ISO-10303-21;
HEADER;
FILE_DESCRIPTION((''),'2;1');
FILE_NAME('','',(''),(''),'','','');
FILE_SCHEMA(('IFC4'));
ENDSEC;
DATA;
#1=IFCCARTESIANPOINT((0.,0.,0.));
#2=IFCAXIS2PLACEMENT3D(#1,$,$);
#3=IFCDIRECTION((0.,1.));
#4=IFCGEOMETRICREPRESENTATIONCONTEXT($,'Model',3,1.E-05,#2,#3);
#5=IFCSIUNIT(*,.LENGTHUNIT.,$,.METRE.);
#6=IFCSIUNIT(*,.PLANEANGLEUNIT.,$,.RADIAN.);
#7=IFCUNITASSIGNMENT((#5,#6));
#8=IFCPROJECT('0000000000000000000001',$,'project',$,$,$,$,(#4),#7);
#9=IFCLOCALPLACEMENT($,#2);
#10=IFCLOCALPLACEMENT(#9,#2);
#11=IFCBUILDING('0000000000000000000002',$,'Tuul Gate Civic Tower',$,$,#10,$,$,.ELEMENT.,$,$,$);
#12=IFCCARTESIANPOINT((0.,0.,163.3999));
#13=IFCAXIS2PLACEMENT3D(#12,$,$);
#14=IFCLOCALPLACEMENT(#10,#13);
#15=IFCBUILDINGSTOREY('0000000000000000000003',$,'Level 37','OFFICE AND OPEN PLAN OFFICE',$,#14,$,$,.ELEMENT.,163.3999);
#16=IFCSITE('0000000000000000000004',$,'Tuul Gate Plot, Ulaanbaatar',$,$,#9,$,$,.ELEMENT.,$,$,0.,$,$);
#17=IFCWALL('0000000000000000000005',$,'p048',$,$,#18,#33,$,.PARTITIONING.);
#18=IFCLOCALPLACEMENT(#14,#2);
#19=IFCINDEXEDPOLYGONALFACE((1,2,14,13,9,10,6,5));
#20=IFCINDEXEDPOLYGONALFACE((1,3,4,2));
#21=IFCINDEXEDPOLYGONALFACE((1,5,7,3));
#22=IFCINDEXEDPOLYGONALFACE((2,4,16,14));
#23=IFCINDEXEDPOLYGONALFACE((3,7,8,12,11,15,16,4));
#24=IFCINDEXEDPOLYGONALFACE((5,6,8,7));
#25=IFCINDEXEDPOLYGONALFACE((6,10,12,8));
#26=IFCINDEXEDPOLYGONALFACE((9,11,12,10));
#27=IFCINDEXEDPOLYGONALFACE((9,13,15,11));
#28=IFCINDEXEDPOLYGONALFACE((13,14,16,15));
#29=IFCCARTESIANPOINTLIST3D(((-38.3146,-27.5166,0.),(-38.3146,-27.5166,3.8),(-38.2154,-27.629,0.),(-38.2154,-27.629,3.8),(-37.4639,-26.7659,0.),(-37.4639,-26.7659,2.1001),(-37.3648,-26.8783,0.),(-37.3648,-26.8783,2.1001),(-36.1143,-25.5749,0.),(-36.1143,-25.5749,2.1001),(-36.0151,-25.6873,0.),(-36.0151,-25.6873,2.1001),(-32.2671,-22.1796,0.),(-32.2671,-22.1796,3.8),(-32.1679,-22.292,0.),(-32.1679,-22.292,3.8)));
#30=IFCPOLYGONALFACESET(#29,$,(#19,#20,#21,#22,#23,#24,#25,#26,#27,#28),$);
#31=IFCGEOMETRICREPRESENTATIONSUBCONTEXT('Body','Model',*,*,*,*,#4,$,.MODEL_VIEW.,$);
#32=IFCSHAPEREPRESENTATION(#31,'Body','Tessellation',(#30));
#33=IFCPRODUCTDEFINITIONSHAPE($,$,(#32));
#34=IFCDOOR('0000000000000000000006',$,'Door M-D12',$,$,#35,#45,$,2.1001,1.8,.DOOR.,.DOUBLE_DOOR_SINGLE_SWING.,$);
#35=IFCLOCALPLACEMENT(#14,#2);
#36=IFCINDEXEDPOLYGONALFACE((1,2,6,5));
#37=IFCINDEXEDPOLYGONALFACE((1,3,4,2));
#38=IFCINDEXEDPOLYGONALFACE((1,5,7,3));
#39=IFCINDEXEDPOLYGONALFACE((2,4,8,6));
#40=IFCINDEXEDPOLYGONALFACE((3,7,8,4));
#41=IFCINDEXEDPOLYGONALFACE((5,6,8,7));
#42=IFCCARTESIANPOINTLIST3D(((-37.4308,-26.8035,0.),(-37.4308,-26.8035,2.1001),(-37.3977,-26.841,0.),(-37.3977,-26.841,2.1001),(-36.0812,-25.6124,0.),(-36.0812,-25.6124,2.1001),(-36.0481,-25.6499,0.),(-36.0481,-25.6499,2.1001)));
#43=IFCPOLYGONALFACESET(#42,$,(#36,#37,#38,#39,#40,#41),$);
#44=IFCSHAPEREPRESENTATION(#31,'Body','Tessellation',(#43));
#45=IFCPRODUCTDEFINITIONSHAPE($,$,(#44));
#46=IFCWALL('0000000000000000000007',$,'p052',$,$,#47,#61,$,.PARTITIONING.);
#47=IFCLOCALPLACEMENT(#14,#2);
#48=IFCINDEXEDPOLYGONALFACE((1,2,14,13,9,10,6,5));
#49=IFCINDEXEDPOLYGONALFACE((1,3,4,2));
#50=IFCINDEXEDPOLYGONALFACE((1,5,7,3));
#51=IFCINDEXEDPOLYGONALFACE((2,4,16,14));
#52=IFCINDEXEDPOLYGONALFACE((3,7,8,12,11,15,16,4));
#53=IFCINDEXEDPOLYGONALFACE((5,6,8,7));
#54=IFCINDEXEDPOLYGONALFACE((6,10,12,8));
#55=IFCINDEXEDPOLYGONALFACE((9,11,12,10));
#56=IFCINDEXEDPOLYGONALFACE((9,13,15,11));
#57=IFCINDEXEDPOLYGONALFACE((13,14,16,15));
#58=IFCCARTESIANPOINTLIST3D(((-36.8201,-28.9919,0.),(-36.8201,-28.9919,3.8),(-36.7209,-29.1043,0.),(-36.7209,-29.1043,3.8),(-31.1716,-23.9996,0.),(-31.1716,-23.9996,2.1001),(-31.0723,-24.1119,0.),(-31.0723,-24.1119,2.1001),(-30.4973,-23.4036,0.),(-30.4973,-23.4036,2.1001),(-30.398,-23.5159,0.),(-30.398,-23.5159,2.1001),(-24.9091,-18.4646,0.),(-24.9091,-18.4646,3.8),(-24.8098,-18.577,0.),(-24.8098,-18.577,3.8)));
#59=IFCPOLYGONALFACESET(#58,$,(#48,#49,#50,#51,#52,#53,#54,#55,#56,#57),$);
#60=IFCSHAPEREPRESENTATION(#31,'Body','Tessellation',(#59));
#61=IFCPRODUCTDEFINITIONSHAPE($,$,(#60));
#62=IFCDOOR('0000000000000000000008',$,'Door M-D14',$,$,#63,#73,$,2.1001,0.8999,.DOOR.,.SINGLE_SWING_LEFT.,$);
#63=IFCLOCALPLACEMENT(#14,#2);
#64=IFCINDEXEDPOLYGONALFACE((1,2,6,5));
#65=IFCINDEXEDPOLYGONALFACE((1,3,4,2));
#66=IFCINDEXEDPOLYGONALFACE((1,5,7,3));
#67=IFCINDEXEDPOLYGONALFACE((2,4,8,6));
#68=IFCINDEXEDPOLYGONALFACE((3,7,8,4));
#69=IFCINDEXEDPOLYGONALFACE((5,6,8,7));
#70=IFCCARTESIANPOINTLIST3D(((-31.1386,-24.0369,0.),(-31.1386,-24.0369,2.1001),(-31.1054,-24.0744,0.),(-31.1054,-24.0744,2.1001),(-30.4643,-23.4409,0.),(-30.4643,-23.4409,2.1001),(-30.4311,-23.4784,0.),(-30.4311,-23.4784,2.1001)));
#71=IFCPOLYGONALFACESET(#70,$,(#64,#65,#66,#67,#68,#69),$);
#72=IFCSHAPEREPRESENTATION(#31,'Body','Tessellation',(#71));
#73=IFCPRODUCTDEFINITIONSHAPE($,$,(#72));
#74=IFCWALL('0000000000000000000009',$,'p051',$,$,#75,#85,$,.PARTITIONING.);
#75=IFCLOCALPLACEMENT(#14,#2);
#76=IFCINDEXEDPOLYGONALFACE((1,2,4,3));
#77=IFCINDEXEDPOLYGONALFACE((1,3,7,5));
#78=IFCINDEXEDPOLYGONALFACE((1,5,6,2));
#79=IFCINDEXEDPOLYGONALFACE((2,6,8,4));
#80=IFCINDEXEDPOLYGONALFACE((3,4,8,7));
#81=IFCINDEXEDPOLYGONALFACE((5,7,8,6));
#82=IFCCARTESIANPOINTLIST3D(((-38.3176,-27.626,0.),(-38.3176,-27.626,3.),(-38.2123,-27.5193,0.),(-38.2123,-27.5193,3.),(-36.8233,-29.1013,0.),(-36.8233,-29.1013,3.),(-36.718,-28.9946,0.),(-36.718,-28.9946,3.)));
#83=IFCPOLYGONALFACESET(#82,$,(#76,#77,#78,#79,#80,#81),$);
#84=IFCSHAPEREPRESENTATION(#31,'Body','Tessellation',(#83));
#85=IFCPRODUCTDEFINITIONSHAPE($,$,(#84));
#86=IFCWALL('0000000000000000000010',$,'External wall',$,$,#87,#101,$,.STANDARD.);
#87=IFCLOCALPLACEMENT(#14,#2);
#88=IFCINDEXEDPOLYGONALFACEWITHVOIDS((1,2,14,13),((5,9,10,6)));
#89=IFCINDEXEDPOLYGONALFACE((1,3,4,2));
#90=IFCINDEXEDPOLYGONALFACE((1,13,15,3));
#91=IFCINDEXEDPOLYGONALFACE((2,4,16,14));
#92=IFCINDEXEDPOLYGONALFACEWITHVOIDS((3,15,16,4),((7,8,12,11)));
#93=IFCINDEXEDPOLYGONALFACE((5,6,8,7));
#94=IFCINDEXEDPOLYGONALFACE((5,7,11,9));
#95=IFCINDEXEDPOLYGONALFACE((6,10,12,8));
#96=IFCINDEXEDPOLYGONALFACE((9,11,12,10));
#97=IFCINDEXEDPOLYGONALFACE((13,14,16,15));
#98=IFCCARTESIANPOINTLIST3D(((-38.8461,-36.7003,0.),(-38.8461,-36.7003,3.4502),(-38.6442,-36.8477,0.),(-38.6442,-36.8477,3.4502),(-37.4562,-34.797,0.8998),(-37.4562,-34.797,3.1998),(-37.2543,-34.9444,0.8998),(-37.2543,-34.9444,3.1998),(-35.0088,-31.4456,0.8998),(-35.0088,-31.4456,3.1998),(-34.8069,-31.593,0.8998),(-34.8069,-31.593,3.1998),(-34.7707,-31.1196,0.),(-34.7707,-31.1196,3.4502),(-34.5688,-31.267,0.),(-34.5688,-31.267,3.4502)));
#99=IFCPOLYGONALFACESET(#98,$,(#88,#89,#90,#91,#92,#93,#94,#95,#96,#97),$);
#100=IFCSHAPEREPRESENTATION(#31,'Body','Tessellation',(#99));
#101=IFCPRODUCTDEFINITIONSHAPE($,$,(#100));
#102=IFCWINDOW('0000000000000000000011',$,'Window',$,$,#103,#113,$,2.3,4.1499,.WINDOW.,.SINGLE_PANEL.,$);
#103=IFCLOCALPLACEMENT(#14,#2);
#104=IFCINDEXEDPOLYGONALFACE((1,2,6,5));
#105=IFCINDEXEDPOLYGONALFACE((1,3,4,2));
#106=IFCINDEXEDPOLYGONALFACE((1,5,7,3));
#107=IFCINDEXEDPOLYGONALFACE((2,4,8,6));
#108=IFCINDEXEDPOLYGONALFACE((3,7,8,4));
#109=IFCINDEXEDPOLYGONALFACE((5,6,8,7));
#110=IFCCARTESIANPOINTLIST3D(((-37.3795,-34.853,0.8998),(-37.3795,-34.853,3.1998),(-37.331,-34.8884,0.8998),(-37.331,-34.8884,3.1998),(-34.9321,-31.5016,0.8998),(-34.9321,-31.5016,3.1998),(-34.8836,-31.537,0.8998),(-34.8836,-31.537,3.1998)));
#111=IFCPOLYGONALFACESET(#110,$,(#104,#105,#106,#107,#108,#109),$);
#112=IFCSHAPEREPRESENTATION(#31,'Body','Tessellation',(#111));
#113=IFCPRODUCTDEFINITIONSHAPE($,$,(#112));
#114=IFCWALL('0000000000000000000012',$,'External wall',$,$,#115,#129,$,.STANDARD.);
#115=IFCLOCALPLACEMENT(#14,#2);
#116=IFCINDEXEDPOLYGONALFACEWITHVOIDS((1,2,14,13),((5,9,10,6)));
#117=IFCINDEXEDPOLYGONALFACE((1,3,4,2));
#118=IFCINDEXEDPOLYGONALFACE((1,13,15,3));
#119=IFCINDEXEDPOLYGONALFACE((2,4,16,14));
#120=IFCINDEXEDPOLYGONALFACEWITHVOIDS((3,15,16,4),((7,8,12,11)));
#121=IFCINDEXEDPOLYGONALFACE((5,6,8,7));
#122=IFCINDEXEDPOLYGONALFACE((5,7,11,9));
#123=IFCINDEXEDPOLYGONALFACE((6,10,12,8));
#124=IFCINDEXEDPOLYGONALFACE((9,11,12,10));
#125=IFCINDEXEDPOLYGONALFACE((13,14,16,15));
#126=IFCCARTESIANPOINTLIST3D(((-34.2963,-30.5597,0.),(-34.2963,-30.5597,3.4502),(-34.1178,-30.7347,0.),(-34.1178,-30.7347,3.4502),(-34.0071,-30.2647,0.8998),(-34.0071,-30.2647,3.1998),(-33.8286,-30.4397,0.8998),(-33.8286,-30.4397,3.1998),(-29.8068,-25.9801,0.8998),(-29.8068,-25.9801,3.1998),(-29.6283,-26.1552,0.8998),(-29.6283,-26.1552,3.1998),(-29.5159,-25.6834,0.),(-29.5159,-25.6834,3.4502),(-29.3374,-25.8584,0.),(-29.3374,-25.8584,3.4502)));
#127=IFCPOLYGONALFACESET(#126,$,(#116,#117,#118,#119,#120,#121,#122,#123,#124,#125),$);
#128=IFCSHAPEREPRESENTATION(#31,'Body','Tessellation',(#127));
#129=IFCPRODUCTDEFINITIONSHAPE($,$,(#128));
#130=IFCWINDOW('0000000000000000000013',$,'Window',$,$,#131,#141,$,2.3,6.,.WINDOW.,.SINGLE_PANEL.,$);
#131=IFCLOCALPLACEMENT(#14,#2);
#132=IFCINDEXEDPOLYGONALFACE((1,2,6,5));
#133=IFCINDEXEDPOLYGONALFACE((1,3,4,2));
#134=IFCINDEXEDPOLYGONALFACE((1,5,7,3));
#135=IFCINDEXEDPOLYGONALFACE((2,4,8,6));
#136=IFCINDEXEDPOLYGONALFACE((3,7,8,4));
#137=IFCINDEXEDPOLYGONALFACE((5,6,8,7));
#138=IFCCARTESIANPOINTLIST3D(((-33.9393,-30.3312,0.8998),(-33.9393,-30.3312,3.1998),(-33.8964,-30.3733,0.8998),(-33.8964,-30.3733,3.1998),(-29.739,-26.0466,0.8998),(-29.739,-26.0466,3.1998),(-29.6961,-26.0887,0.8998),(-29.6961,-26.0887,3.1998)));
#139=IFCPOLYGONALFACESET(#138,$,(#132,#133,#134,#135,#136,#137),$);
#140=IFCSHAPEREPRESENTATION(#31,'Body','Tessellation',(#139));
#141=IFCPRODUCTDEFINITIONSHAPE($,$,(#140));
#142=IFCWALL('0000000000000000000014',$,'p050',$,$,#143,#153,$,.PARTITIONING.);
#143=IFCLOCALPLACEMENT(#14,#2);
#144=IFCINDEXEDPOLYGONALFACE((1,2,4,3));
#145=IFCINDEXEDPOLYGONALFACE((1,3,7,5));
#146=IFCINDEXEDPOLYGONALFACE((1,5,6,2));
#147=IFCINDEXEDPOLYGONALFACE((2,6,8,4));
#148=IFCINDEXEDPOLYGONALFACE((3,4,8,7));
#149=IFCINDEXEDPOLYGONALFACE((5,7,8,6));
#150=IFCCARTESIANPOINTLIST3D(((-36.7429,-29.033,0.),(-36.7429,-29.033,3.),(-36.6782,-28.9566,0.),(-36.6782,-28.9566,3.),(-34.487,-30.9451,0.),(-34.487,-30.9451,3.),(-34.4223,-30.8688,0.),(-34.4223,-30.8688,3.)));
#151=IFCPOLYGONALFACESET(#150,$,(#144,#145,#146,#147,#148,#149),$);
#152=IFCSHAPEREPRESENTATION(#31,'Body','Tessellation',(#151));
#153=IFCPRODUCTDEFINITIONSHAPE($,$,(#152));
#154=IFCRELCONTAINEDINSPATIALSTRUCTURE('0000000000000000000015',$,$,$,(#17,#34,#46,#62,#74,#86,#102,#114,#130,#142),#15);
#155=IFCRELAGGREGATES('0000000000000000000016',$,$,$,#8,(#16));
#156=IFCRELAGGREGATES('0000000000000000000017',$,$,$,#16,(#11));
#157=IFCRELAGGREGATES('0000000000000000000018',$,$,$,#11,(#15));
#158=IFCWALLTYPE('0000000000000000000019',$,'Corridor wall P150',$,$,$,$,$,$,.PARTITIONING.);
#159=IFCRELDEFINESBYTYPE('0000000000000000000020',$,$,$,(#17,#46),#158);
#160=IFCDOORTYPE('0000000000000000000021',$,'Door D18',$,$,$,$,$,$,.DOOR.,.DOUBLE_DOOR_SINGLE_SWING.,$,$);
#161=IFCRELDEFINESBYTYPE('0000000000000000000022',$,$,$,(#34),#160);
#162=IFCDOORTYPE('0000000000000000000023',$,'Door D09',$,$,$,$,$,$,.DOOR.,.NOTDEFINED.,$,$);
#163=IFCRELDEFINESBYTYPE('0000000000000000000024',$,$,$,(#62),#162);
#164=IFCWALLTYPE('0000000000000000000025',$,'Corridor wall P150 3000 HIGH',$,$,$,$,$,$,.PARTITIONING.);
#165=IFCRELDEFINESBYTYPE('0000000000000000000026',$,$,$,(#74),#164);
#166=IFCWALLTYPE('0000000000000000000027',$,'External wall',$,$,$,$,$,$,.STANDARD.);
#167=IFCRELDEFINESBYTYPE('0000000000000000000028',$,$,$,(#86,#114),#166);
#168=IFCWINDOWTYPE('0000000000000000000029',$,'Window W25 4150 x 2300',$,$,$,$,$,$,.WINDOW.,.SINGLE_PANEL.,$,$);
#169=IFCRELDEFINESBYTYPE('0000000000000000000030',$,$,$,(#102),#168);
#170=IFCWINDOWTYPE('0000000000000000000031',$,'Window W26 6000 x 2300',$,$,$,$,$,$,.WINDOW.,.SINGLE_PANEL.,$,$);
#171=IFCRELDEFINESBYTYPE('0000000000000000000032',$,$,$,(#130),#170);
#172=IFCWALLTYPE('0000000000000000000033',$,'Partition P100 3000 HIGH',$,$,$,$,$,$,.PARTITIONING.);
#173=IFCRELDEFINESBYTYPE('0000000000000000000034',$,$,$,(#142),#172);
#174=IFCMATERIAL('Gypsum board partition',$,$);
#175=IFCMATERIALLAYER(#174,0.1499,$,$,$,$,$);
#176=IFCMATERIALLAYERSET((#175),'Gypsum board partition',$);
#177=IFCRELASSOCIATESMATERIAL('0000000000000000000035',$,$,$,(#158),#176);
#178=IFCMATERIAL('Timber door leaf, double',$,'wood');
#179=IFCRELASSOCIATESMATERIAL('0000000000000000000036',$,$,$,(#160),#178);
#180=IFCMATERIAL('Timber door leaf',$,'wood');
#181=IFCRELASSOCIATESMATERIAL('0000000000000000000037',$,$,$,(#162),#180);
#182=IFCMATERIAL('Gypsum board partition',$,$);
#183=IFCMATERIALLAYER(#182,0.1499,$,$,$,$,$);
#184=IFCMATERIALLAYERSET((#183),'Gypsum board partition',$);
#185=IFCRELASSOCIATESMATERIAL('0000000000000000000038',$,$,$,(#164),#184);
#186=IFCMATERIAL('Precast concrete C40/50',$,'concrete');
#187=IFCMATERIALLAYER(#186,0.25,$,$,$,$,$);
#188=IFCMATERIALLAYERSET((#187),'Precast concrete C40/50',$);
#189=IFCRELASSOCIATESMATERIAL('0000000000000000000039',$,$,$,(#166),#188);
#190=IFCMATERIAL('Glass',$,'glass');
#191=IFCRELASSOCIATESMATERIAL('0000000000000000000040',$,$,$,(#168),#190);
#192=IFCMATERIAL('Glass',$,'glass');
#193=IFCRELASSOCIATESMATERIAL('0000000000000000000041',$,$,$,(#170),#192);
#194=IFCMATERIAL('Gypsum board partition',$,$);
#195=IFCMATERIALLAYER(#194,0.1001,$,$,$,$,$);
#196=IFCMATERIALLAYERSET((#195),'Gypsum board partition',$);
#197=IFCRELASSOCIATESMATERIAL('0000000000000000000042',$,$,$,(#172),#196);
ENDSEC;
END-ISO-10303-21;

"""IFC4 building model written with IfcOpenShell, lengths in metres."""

from ifc_helpers import new_model, si_unit, direction, frame, frame_2d, origin, place, context, subcontext, project, spatial, rectangle, extrude, material, layer, layer_set, type_object, element, fill, save


model = new_model("IFC4")

# Units and contexts
model_context = context("Model", 3, precision=1e-05, world=origin(), true_north=direction((0.0, 1.0)))
body_context = subcontext(model_context, "Body", "Model", "MODEL_VIEW")
ifc_project = project(units=[si_unit("LENGTHUNIT", "METRE"), si_unit("PLANEANGLEUNIT", "RADIAN")], contexts=[model_context])

# Site, building, storey
site_placement = place(None, origin())
site = spatial("IfcSite", under=ifc_project, at=site_placement, Name="Tuul Gate Plot, Ulaanbaatar", CompositionType="ELEMENT", RefElevation=0.0)
building_placement = place(site_placement, origin())
building = spatial("IfcBuilding", under=site, at=building_placement, Name="Tuul Gate Civic Tower", CompositionType="ELEMENT")
storey_placement = place(building_placement, frame((0.0, 0.0, 163.3999)))
storey = spatial("IfcBuildingStorey", under=building, at=storey_placement, Name="Level 37", Description="OFFICE AND OPEN PLAN OFFICE", CompositionType="ELEMENT", Elevation=163.3999)

# Shared definitions
ifc_material_1 = material(Name="Gypsum board partition")
ifc_layer_1 = layer(ifc_material_1, 0.1499)
ifc_layer_set_1 = layer_set([ifc_layer_1], Name="Gypsum board partition")
wall_type_1 = type_object("IfcWallType", Name="Corridor wall P150", PredefinedType="PARTITIONING", material=ifc_layer_set_1)

# Walls, openings, doors
ifc_material_2 = material(Name="Timber door leaf, double", Category="wood")
door_type_1 = type_object("IfcDoorType", Name="Door D18", OperationType="DOUBLE_DOOR_SINGLE_SWING", PredefinedType="DOOR", material=ifc_material_2)
wall_1_placement = place(storey_placement, frame((-38.2649, -27.5728, 0.0), z_axis=(0.0, 0.0, 1.0), x_axis=(0.749776, 0.661692, 0.0)))
wall_1 = element("IfcWall", 1, at=wall_1_placement, inside=storey, type_object=wall_type_1, Name="p048", PredefinedType="PARTITIONING", context=body_context, shape_type="SweptSolid", body=[
    extrude(rectangle(XDim=8.0657, YDim=0.1499, at=frame_2d((4.0327, 0.0))), origin(), (0.0, 0.0, 1.0), 3.8),
])
opening_1_placement = place(wall_1_placement, frame((1.1345, 0.0, 0.0)))
opening_1 = element("IfcOpeningElement", 2, at=opening_1_placement, cuts=wall_1, PredefinedType="OPENING", context=body_context, shape_type="SweptSolid", body=[
    extrude(rectangle(XDim=1.8, YDim=2.1001, at=frame_2d((0.8999, 1.05))), frame((0.0, 0.085, 0.0), z_axis=(0.0, -1.0, 0.0), x_axis=(1.0, 0.0, 0.0)), (0.0, 0.0, 1.0), 0.1699),
])
door_1_placement = place(opening_1_placement, origin())
door_1 = element("IfcDoor", 3, at=door_1_placement, inside=storey, type_object=door_type_1, Name="Door M-D12", OperationType="DOUBLE_DOOR_SINGLE_SWING", OverallHeight=2.1001, OverallWidth=1.8, PredefinedType="DOOR", context=body_context, shape_type="SweptSolid", body=[
    extrude(rectangle(XDim=1.8, YDim=2.1001, at=frame_2d((0.8999, 1.05))), frame((0.0, 0.0249, 0.0), z_axis=(0.0, -1.0, 0.0), x_axis=(1.0, 0.0, 0.0)), (0.0, 0.0, 1.0), 0.05),
])
fill(opening_1, door_1)
wall_2_placement = place(storey_placement, frame((-36.7705, -29.0481, 0.0), z_axis=(0.0, 0.0, 1.0), x_axis=(0.749291, 0.662241, 0.0)))
wall_2 = element("IfcWall", 4, at=wall_2_placement, inside=storey, type_object=wall_type_1, Name="p052", PredefinedType="PARTITIONING", context=body_context, shape_type="SweptSolid", body=[
    extrude(rectangle(XDim=15.8965, YDim=0.1499, at=frame_2d((7.9482, 0.0))), origin(), (0.0, 0.0, 1.0), 3.8),
])
opening_2_placement = place(wall_2_placement, frame((7.5386, 0.0, 0.0)))
opening_2 = element("IfcOpeningElement", 5, at=opening_2_placement, cuts=wall_2, PredefinedType="OPENING", context=body_context, shape_type="SweptSolid", body=[
    extrude(rectangle(XDim=0.8999, YDim=2.1001, at=frame_2d((0.45, 1.05))), frame((0.0, 0.085, 0.0), z_axis=(0.0, -1.0, 0.0), x_axis=(1.0, 0.0, 0.0)), (0.0, 0.0, 1.0), 0.1699),
])
ifc_material_3 = material(Name="Timber door leaf", Category="wood")
door_type_2 = type_object("IfcDoorType", Name="Door D09", OperationType="NOTDEFINED", PredefinedType="DOOR", material=ifc_material_3)
door_2_placement = place(opening_2_placement, frame((0.8999, 0.0, 0.0), z_axis=(0.0, 0.0, 1.0), x_axis=(-1.0, 0.0, 0.0)))
door_2 = element("IfcDoor", 6, at=door_2_placement, inside=storey, type_object=door_type_2, Name="Door M-D14", OperationType="SINGLE_SWING_LEFT", OverallHeight=2.1001, OverallWidth=0.8999, PredefinedType="DOOR", context=body_context, shape_type="SweptSolid", body=[
    extrude(rectangle(XDim=0.8999, YDim=2.1001, at=frame_2d((0.45, 1.05))), frame((0.0, 0.0249, 0.0), z_axis=(0.0, -1.0, 0.0), x_axis=(1.0, 0.0, 0.0)), (0.0, 0.0, 1.0), 0.05),
])
fill(opening_2, door_2)

# Wall
ifc_material_4 = material(Name="Gypsum board partition")
ifc_layer_2 = layer(ifc_material_4, 0.1499)
ifc_layer_set_2 = layer_set([ifc_layer_2], Name="Gypsum board partition")
wall_type_2 = type_object("IfcWallType", Name="Corridor wall P150 3000 HIGH", PredefinedType="PARTITIONING", material=ifc_layer_set_2)
wall_3_placement = place(storey_placement, frame((-38.2649, -27.5728, 0.0), z_axis=(0.0, 0.0, 1.0), x_axis=(0.711626, -0.702558, 0.0)))
element("IfcWall", 7, at=wall_3_placement, inside=storey, type_object=wall_type_2, Name="p051", PredefinedType="PARTITIONING", context=body_context, shape_type="SweptSolid", body=[
    extrude(rectangle(XDim=2.0999, YDim=0.1499, at=frame_2d((1.0498, 0.0))), origin(), (0.0, 0.0, 1.0), 3.0),
])

# Walls, openings, windows
ifc_material_5 = material(Name="Precast concrete C40/50", Category="concrete")
ifc_layer_3 = layer(ifc_material_5, 0.25)
ifc_layer_set_3 = layer_set([ifc_layer_3], Name="Precast concrete C40/50")
wall_type_3 = type_object("IfcWallType", Name="External wall", PredefinedType="STANDARD", material=ifc_layer_set_3)
wall_4_placement = place(storey_placement, frame((-38.7451, -36.7739, 0.0), z_axis=(0.0, 0.0, 1.0), x_axis=(0.589748, 0.807587, 0.0)))
wall_4 = element("IfcWall", 8, at=wall_4_placement, inside=storey, type_object=wall_type_3, Name="External wall", PredefinedType="STANDARD", context=body_context, shape_type="SweptSolid", body=[
    extrude(rectangle(XDim=6.9104, YDim=0.25, at=frame_2d((3.4551, 0.0))), origin(), (0.0, 0.0, 1.0), 3.4502),
])
opening_3_placement = place(wall_4_placement, frame((2.3567, 0.0, 0.8999)))
opening_3 = element("IfcOpeningElement", 9, at=opening_3_placement, cuts=wall_4, PredefinedType="OPENING", context=body_context, shape_type="SweptSolid", body=[
    extrude(rectangle(XDim=4.1499, YDim=2.3, at=frame_2d((2.075, 1.1499))), frame((0.0, 0.135, 0.0), z_axis=(0.0, -1.0, 0.0), x_axis=(1.0, 0.0, 0.0)), (0.0, 0.0, 1.0), 0.27),
])
ifc_material_6 = material(Name="Glass", Category="glass")
window_type_1 = type_object("IfcWindowType", Name="Window W25 4150 x 2300", PartitioningType="SINGLE_PANEL", PredefinedType="WINDOW", material=ifc_material_6)
window_1_placement = place(opening_3_placement, origin())
window_1 = element("IfcWindow", 10, at=window_1_placement, inside=storey, type_object=window_type_1, Name="Window", OverallHeight=2.3, OverallWidth=4.1499, PartitioningType="SINGLE_PANEL", PredefinedType="WINDOW", context=body_context, shape_type="SweptSolid", body=[
    extrude(rectangle(XDim=4.1499, YDim=2.3, at=frame_2d((2.075, 1.1499))), frame((0.0, 0.03, 0.0), z_axis=(0.0, -1.0, 0.0), x_axis=(1.0, 0.0, 0.0)), (0.0, 0.0, 1.0), 0.0601),
])
fill(opening_3, window_1)
wall_5_placement = place(storey_placement, frame((-34.207, -30.6472, 0.0), z_axis=(0.0, 0.0, 1.0), x_axis=(0.700046, 0.714097, 0.0)))
wall_5 = element("IfcWall", 11, at=wall_5_placement, inside=storey, type_object=wall_type_3, Name="External wall", PredefinedType="STANDARD", context=body_context, shape_type="SweptSolid", body=[
    extrude(rectangle(XDim=6.8286, YDim=0.25, at=frame_2d((3.4143, 0.0))), origin(), (0.0, 0.0, 1.0), 3.4502),
])
opening_4_placement = place(wall_5_placement, frame((0.4131, 0.0, 0.8999)))
opening_4 = element("IfcOpeningElement", 12, at=opening_4_placement, cuts=wall_5, PredefinedType="OPENING", context=body_context, shape_type="SweptSolid", body=[
    extrude(rectangle(XDim=6.0, YDim=2.3, at=frame_2d((3.0, 1.1499))), frame((0.0, 0.135, 0.0), z_axis=(0.0, -1.0, 0.0), x_axis=(1.0, 0.0, 0.0)), (0.0, 0.0, 1.0), 0.27),
])
ifc_material_7 = material(Name="Glass", Category="glass")
window_type_2 = type_object("IfcWindowType", Name="Window W26 6000 x 2300", PartitioningType="SINGLE_PANEL", PredefinedType="WINDOW", material=ifc_material_7)
window_2_placement = place(opening_4_placement, origin())
window_2 = element("IfcWindow", 13, at=window_2_placement, inside=storey, type_object=window_type_2, Name="Window", OverallHeight=2.3, OverallWidth=6.0, PartitioningType="SINGLE_PANEL", PredefinedType="WINDOW", context=body_context, shape_type="SweptSolid", body=[
    extrude(rectangle(XDim=6.0, YDim=2.3, at=frame_2d((3.0, 1.1499))), frame((0.0, 0.03, 0.0), z_axis=(0.0, -1.0, 0.0), x_axis=(1.0, 0.0, 0.0)), (0.0, 0.0, 1.0), 0.0601),
])
fill(opening_4, window_2)

# Wall
ifc_material_8 = material(Name="Gypsum board partition")
ifc_layer_4 = layer(ifc_material_8, 0.1001)
ifc_layer_set_4 = layer_set([ifc_layer_4], Name="Gypsum board partition")
wall_type_4 = type_object("IfcWallType", Name="Partition P100 3000 HIGH", PredefinedType="PARTITIONING", material=ifc_layer_set_4)
wall_6_placement = place(storey_placement, frame((-36.7104, -28.9949, 0.0), z_axis=(0.0, 0.0, 1.0), x_axis=(0.762835, -0.646593, 0.0)))
element("IfcWall", 14, at=wall_6_placement, inside=storey, type_object=wall_type_4, Name="p050", PredefinedType="PARTITIONING", context=body_context, shape_type="SweptSolid", body=[
    extrude(rectangle(XDim=2.9573, YDim=0.1001, at=frame_2d((1.4785, 0.0))), origin(), (0.0, 0.0, 1.0), 3.0),
])

save(model, "model.ifc")
